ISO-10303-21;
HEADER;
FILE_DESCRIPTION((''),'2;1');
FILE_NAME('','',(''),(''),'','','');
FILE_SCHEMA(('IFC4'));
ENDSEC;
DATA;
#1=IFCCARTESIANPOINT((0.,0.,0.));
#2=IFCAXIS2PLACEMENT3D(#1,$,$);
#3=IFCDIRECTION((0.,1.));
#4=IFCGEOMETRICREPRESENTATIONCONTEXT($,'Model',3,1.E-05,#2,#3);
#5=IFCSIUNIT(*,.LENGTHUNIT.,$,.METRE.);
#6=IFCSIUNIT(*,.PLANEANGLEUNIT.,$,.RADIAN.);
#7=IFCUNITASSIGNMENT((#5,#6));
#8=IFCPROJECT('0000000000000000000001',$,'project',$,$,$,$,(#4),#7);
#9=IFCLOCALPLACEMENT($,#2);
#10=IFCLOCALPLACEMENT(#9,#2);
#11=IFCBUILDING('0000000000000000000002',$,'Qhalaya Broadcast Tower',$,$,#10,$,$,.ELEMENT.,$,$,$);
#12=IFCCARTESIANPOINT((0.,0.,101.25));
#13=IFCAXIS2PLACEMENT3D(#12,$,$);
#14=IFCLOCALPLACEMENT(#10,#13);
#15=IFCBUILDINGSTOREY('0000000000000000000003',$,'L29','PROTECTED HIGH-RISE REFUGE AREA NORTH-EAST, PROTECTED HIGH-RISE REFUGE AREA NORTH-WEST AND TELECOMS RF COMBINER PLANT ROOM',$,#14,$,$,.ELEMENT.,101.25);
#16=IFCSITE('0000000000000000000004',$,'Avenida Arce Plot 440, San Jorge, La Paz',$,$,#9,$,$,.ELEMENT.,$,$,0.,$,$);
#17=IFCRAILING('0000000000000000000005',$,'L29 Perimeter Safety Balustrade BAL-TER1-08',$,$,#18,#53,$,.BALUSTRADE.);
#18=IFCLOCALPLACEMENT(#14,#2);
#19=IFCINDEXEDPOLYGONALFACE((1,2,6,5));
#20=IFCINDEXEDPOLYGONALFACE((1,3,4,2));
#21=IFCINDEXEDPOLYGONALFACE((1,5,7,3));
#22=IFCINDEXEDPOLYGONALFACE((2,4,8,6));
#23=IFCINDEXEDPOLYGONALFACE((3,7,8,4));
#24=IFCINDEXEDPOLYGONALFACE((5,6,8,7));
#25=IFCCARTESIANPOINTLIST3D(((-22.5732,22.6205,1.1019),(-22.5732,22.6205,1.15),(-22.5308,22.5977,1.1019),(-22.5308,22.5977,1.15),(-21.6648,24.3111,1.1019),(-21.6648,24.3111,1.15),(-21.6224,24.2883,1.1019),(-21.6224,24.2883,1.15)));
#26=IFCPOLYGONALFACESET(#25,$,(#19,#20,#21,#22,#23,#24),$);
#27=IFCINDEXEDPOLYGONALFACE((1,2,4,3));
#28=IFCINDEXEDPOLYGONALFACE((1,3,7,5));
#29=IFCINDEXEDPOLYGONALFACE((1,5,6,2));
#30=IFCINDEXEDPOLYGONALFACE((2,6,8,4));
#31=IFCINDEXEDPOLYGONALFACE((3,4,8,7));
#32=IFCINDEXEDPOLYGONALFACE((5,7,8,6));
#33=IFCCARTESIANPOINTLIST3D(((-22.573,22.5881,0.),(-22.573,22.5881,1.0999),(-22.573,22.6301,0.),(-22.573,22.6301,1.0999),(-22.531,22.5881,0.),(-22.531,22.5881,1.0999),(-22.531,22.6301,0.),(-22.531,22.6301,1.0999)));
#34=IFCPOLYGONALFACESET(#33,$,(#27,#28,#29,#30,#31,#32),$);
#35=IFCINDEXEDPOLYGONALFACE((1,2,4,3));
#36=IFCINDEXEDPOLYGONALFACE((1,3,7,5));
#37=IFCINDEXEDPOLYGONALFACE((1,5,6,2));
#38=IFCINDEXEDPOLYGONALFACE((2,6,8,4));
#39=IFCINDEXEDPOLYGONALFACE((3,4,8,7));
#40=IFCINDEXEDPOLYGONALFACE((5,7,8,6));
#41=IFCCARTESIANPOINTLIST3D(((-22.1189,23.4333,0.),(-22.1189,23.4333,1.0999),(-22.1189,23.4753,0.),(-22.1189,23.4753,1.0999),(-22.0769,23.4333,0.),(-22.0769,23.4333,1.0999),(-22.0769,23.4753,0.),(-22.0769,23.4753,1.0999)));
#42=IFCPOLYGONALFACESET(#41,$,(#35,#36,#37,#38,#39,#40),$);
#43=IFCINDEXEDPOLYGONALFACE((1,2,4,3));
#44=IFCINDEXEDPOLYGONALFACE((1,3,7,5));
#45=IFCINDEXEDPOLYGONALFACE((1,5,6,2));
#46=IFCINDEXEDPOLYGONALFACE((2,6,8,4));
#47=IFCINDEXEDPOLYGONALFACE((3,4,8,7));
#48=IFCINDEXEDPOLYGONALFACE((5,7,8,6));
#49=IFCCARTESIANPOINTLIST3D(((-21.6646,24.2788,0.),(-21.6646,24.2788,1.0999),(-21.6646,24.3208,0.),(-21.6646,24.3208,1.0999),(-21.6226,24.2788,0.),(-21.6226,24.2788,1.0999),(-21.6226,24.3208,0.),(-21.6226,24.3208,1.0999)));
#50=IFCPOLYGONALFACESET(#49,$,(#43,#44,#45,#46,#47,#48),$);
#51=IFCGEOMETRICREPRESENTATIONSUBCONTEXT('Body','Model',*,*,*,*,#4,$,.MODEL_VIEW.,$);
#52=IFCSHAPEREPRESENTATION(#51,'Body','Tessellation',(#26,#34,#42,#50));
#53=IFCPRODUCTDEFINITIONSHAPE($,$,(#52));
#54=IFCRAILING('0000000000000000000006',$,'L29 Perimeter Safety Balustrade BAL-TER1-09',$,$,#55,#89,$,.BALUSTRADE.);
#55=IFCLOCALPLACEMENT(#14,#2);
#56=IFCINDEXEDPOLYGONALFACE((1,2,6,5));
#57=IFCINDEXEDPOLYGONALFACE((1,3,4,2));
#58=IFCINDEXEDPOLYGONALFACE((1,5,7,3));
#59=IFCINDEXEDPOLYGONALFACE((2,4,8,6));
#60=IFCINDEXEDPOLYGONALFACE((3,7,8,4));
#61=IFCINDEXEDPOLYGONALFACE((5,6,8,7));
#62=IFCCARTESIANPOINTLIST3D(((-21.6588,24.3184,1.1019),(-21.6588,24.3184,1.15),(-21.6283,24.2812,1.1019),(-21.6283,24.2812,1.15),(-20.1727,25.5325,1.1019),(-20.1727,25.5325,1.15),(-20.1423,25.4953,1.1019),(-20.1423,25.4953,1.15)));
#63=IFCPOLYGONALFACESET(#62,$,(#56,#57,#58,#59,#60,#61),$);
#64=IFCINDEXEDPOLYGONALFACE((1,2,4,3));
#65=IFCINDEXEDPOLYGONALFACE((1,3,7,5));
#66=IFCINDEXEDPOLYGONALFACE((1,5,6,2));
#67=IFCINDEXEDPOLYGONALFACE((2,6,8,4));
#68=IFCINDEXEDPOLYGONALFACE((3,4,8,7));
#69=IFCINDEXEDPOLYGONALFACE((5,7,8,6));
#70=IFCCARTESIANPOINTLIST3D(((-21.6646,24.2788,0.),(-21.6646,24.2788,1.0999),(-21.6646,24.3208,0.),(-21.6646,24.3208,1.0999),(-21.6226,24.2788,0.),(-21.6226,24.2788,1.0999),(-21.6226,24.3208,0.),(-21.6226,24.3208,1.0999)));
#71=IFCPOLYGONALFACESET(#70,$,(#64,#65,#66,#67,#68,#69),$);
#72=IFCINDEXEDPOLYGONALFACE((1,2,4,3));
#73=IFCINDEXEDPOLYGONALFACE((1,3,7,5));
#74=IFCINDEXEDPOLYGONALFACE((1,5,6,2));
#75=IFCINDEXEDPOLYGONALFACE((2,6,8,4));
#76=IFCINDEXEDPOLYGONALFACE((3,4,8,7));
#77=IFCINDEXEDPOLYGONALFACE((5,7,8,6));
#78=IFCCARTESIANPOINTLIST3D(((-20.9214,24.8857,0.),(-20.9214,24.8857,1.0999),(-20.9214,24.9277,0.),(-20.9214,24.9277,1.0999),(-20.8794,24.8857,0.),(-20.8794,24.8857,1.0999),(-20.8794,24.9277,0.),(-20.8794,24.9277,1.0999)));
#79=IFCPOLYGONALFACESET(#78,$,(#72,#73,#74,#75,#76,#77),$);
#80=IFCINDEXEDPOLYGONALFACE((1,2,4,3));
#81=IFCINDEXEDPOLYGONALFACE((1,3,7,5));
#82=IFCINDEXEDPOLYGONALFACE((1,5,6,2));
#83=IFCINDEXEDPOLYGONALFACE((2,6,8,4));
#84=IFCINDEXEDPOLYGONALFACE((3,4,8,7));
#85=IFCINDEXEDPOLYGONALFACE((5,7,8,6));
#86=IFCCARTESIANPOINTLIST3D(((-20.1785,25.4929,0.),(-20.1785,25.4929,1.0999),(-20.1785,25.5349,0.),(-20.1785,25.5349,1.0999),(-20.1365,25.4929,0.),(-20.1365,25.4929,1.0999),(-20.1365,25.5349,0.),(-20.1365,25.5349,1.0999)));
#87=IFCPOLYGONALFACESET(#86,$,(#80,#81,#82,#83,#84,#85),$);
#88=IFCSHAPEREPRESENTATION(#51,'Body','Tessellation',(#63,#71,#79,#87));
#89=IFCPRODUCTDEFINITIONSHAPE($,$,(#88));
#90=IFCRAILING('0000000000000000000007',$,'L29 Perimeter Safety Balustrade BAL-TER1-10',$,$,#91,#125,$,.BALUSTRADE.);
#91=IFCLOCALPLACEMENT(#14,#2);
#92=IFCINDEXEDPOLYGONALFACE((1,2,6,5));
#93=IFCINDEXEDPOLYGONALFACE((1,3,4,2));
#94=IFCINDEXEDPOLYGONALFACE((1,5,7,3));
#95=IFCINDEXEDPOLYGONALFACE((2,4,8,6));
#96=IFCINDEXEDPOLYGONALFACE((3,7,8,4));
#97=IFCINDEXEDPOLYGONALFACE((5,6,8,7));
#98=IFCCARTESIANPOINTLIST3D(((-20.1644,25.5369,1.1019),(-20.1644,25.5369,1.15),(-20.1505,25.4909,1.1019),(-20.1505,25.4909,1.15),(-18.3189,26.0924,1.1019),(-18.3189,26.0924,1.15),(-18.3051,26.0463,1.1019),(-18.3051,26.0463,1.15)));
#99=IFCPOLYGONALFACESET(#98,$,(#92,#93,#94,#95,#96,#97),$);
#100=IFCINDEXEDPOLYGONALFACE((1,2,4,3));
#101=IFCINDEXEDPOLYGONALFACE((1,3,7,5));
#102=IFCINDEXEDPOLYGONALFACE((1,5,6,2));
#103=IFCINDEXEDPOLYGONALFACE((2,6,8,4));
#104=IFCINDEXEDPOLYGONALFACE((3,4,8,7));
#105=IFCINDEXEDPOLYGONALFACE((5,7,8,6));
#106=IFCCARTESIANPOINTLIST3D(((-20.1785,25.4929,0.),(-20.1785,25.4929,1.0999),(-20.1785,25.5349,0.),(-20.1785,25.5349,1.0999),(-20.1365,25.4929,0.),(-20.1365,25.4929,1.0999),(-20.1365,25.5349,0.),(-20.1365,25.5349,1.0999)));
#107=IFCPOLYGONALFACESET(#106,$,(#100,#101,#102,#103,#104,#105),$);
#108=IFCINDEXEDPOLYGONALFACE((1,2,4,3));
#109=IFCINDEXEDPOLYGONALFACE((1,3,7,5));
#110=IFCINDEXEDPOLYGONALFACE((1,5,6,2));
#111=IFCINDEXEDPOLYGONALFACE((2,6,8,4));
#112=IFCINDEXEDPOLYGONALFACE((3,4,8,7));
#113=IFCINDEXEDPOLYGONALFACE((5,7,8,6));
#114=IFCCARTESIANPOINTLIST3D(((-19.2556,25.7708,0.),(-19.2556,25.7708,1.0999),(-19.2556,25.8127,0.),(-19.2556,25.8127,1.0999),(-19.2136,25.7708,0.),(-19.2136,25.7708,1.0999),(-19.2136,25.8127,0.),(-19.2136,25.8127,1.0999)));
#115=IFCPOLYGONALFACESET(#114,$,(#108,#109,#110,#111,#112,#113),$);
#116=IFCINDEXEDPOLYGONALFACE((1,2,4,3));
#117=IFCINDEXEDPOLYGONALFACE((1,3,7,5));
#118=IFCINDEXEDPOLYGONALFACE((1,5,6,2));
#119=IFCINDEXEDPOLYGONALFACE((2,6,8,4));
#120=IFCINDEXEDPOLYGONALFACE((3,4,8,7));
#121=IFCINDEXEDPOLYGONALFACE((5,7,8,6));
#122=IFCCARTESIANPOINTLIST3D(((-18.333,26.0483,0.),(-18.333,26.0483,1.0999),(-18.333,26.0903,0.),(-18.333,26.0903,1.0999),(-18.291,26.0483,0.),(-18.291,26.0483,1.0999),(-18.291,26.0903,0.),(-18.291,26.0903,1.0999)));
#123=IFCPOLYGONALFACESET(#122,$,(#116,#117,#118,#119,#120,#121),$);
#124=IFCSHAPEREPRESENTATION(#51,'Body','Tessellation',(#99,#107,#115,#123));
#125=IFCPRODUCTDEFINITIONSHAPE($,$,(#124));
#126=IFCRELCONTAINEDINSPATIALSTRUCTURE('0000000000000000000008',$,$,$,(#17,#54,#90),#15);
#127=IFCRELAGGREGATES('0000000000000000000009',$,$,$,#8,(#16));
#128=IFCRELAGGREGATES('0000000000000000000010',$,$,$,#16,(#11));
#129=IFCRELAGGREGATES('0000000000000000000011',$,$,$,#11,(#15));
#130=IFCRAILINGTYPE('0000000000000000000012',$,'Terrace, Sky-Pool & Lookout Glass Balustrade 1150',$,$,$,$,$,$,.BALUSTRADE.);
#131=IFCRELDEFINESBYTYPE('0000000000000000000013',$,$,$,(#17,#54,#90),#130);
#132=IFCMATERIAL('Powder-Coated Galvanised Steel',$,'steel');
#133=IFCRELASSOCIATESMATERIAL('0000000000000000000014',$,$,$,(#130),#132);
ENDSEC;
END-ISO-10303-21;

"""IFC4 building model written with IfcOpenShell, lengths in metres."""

from ifc_helpers import new_model, si_unit, direction, frame, origin, origin_2d, place, context, subcontext, project, spatial, rectangle, extrude, material, type_object, element, save


model = new_model("IFC4")

# Units and contexts
model_context = context("Model", 3, precision=1e-05, world=origin(), true_north=direction((0.0, 1.0)))
body_context = subcontext(model_context, "Body", "Model", "MODEL_VIEW")
ifc_project = project(units=[si_unit("LENGTHUNIT", "METRE"), si_unit("PLANEANGLEUNIT", "RADIAN")], contexts=[model_context])

# Site, building, storey
site_placement = place(None, origin())
site = spatial("IfcSite", under=ifc_project, at=site_placement, Name="Avenida Arce Plot 440, San Jorge, La Paz", CompositionType="ELEMENT", RefElevation=0.0)
building_placement = place(site_placement, origin())
building = spatial("IfcBuilding", under=site, at=building_placement, Name="Qhalaya Broadcast Tower", CompositionType="ELEMENT")
storey_placement = place(building_placement, frame((0.0, 0.0, 101.25)))
storey = spatial("IfcBuildingStorey", under=building, at=storey_placement, Name="L29", Description="PROTECTED HIGH-RISE REFUGE AREA NORTH-EAST, PROTECTED HIGH-RISE REFUGE AREA NORTH-WEST AND TELECOMS RF COMBINER PLANT ROOM", CompositionType="ELEMENT", Elevation=101.25)

# Railings
ifc_material_1 = material(Name="Powder-Coated Galvanised Steel", Category="steel")
railing_type = type_object("IfcRailingType", Name="Terrace, Sky-Pool & Lookout Glass Balustrade 1150", PredefinedType="BALUSTRADE", material=ifc_material_1)
railing_1_placement = place(storey_placement, frame((-22.552, 22.6091, 0.0)))
element("IfcRailing", 1, at=railing_1_placement, inside=storey, type_object=railing_type, Name="L29 Perimeter Safety Balustrade BAL-TER1-08", PredefinedType="BALUSTRADE", context=body_context, shape_type="SweptSolid", body=[
    extrude(rectangle(XDim=0.0481, YDim=0.0481, at=origin_2d()), frame((0.0, 0.0, 1.126), z_axis=(0.473326, 0.880887, 0.0), x_axis=(-0.880887, 0.473326, 0.0)), (0.0, 0.0, 1.0), 1.9192),
    extrude(rectangle(XDim=0.042, YDim=0.042, at=origin_2d()), origin(), (0.0, 0.0, 1.0), 1.0999),
    extrude(rectangle(XDim=0.042, YDim=0.042, at=origin_2d()), frame((0.4541, 0.8452, 0.0)), (0.0, 0.0, 1.0), 1.0999),
    extrude(rectangle(XDim=0.042, YDim=0.042, at=origin_2d()), frame((0.9084, 1.6907, 0.0)), (0.0, 0.0, 1.0), 1.0999),
])
railing_2_placement = place(storey_placement, frame((-21.6436, 24.2998, 0.0)))
element("IfcRailing", 2, at=railing_2_placement, inside=storey, type_object=railing_type, Name="L29 Perimeter Safety Balustrade BAL-TER1-09", PredefinedType="BALUSTRADE", context=body_context, shape_type="SweptSolid", body=[
    extrude(rectangle(XDim=0.0481, YDim=0.0481, at=origin_2d()), frame((0.0, 0.0, 1.126), z_axis=(0.774411, 0.632683, 0.0), x_axis=(-0.632683, 0.774411, 0.0)), (0.0, 0.0, 1.0), 1.9189),
    extrude(rectangle(XDim=0.042, YDim=0.042, at=origin_2d()), origin(), (0.0, 0.0, 1.0), 1.0999),
    extrude(rectangle(XDim=0.042, YDim=0.042, at=origin_2d()), frame((0.7432, 0.6069, 0.0)), (0.0, 0.0, 1.0), 1.0999),
    extrude(rectangle(XDim=0.042, YDim=0.042, at=origin_2d()), frame((1.4861, 1.2141, 0.0)), (0.0, 0.0, 1.0), 1.0999),
])
railing_3_placement = place(storey_placement, frame((-20.1575, 25.5139, 0.0)))
element("IfcRailing", 3, at=railing_3_placement, inside=storey, type_object=railing_type, Name="L29 Perimeter Safety Balustrade BAL-TER1-10", PredefinedType="BALUSTRADE", context=body_context, shape_type="SweptSolid", body=[
    extrude(rectangle(XDim=0.0481, YDim=0.0481, at=origin_2d()), frame((0.0, 0.0, 1.126), z_axis=(0.957571, 0.288196, 0.0), x_axis=(-0.288196, 0.957571, 0.0)), (0.0, 0.0, 1.0), 1.9272),
    extrude(rectangle(XDim=0.042, YDim=0.042, at=origin_2d()), origin(), (0.0, 0.0, 1.0), 1.0999),
    extrude(rectangle(XDim=0.042, YDim=0.042, at=origin_2d()), frame((0.9229, 0.2778, 0.0)), (0.0, 0.0, 1.0), 1.0999),
    extrude(rectangle(XDim=0.042, YDim=0.042, at=origin_2d()), frame((1.8455, 0.5554, 0.0)), (0.0, 0.0, 1.0), 1.0999),
])

save(model, "model.ifc")
